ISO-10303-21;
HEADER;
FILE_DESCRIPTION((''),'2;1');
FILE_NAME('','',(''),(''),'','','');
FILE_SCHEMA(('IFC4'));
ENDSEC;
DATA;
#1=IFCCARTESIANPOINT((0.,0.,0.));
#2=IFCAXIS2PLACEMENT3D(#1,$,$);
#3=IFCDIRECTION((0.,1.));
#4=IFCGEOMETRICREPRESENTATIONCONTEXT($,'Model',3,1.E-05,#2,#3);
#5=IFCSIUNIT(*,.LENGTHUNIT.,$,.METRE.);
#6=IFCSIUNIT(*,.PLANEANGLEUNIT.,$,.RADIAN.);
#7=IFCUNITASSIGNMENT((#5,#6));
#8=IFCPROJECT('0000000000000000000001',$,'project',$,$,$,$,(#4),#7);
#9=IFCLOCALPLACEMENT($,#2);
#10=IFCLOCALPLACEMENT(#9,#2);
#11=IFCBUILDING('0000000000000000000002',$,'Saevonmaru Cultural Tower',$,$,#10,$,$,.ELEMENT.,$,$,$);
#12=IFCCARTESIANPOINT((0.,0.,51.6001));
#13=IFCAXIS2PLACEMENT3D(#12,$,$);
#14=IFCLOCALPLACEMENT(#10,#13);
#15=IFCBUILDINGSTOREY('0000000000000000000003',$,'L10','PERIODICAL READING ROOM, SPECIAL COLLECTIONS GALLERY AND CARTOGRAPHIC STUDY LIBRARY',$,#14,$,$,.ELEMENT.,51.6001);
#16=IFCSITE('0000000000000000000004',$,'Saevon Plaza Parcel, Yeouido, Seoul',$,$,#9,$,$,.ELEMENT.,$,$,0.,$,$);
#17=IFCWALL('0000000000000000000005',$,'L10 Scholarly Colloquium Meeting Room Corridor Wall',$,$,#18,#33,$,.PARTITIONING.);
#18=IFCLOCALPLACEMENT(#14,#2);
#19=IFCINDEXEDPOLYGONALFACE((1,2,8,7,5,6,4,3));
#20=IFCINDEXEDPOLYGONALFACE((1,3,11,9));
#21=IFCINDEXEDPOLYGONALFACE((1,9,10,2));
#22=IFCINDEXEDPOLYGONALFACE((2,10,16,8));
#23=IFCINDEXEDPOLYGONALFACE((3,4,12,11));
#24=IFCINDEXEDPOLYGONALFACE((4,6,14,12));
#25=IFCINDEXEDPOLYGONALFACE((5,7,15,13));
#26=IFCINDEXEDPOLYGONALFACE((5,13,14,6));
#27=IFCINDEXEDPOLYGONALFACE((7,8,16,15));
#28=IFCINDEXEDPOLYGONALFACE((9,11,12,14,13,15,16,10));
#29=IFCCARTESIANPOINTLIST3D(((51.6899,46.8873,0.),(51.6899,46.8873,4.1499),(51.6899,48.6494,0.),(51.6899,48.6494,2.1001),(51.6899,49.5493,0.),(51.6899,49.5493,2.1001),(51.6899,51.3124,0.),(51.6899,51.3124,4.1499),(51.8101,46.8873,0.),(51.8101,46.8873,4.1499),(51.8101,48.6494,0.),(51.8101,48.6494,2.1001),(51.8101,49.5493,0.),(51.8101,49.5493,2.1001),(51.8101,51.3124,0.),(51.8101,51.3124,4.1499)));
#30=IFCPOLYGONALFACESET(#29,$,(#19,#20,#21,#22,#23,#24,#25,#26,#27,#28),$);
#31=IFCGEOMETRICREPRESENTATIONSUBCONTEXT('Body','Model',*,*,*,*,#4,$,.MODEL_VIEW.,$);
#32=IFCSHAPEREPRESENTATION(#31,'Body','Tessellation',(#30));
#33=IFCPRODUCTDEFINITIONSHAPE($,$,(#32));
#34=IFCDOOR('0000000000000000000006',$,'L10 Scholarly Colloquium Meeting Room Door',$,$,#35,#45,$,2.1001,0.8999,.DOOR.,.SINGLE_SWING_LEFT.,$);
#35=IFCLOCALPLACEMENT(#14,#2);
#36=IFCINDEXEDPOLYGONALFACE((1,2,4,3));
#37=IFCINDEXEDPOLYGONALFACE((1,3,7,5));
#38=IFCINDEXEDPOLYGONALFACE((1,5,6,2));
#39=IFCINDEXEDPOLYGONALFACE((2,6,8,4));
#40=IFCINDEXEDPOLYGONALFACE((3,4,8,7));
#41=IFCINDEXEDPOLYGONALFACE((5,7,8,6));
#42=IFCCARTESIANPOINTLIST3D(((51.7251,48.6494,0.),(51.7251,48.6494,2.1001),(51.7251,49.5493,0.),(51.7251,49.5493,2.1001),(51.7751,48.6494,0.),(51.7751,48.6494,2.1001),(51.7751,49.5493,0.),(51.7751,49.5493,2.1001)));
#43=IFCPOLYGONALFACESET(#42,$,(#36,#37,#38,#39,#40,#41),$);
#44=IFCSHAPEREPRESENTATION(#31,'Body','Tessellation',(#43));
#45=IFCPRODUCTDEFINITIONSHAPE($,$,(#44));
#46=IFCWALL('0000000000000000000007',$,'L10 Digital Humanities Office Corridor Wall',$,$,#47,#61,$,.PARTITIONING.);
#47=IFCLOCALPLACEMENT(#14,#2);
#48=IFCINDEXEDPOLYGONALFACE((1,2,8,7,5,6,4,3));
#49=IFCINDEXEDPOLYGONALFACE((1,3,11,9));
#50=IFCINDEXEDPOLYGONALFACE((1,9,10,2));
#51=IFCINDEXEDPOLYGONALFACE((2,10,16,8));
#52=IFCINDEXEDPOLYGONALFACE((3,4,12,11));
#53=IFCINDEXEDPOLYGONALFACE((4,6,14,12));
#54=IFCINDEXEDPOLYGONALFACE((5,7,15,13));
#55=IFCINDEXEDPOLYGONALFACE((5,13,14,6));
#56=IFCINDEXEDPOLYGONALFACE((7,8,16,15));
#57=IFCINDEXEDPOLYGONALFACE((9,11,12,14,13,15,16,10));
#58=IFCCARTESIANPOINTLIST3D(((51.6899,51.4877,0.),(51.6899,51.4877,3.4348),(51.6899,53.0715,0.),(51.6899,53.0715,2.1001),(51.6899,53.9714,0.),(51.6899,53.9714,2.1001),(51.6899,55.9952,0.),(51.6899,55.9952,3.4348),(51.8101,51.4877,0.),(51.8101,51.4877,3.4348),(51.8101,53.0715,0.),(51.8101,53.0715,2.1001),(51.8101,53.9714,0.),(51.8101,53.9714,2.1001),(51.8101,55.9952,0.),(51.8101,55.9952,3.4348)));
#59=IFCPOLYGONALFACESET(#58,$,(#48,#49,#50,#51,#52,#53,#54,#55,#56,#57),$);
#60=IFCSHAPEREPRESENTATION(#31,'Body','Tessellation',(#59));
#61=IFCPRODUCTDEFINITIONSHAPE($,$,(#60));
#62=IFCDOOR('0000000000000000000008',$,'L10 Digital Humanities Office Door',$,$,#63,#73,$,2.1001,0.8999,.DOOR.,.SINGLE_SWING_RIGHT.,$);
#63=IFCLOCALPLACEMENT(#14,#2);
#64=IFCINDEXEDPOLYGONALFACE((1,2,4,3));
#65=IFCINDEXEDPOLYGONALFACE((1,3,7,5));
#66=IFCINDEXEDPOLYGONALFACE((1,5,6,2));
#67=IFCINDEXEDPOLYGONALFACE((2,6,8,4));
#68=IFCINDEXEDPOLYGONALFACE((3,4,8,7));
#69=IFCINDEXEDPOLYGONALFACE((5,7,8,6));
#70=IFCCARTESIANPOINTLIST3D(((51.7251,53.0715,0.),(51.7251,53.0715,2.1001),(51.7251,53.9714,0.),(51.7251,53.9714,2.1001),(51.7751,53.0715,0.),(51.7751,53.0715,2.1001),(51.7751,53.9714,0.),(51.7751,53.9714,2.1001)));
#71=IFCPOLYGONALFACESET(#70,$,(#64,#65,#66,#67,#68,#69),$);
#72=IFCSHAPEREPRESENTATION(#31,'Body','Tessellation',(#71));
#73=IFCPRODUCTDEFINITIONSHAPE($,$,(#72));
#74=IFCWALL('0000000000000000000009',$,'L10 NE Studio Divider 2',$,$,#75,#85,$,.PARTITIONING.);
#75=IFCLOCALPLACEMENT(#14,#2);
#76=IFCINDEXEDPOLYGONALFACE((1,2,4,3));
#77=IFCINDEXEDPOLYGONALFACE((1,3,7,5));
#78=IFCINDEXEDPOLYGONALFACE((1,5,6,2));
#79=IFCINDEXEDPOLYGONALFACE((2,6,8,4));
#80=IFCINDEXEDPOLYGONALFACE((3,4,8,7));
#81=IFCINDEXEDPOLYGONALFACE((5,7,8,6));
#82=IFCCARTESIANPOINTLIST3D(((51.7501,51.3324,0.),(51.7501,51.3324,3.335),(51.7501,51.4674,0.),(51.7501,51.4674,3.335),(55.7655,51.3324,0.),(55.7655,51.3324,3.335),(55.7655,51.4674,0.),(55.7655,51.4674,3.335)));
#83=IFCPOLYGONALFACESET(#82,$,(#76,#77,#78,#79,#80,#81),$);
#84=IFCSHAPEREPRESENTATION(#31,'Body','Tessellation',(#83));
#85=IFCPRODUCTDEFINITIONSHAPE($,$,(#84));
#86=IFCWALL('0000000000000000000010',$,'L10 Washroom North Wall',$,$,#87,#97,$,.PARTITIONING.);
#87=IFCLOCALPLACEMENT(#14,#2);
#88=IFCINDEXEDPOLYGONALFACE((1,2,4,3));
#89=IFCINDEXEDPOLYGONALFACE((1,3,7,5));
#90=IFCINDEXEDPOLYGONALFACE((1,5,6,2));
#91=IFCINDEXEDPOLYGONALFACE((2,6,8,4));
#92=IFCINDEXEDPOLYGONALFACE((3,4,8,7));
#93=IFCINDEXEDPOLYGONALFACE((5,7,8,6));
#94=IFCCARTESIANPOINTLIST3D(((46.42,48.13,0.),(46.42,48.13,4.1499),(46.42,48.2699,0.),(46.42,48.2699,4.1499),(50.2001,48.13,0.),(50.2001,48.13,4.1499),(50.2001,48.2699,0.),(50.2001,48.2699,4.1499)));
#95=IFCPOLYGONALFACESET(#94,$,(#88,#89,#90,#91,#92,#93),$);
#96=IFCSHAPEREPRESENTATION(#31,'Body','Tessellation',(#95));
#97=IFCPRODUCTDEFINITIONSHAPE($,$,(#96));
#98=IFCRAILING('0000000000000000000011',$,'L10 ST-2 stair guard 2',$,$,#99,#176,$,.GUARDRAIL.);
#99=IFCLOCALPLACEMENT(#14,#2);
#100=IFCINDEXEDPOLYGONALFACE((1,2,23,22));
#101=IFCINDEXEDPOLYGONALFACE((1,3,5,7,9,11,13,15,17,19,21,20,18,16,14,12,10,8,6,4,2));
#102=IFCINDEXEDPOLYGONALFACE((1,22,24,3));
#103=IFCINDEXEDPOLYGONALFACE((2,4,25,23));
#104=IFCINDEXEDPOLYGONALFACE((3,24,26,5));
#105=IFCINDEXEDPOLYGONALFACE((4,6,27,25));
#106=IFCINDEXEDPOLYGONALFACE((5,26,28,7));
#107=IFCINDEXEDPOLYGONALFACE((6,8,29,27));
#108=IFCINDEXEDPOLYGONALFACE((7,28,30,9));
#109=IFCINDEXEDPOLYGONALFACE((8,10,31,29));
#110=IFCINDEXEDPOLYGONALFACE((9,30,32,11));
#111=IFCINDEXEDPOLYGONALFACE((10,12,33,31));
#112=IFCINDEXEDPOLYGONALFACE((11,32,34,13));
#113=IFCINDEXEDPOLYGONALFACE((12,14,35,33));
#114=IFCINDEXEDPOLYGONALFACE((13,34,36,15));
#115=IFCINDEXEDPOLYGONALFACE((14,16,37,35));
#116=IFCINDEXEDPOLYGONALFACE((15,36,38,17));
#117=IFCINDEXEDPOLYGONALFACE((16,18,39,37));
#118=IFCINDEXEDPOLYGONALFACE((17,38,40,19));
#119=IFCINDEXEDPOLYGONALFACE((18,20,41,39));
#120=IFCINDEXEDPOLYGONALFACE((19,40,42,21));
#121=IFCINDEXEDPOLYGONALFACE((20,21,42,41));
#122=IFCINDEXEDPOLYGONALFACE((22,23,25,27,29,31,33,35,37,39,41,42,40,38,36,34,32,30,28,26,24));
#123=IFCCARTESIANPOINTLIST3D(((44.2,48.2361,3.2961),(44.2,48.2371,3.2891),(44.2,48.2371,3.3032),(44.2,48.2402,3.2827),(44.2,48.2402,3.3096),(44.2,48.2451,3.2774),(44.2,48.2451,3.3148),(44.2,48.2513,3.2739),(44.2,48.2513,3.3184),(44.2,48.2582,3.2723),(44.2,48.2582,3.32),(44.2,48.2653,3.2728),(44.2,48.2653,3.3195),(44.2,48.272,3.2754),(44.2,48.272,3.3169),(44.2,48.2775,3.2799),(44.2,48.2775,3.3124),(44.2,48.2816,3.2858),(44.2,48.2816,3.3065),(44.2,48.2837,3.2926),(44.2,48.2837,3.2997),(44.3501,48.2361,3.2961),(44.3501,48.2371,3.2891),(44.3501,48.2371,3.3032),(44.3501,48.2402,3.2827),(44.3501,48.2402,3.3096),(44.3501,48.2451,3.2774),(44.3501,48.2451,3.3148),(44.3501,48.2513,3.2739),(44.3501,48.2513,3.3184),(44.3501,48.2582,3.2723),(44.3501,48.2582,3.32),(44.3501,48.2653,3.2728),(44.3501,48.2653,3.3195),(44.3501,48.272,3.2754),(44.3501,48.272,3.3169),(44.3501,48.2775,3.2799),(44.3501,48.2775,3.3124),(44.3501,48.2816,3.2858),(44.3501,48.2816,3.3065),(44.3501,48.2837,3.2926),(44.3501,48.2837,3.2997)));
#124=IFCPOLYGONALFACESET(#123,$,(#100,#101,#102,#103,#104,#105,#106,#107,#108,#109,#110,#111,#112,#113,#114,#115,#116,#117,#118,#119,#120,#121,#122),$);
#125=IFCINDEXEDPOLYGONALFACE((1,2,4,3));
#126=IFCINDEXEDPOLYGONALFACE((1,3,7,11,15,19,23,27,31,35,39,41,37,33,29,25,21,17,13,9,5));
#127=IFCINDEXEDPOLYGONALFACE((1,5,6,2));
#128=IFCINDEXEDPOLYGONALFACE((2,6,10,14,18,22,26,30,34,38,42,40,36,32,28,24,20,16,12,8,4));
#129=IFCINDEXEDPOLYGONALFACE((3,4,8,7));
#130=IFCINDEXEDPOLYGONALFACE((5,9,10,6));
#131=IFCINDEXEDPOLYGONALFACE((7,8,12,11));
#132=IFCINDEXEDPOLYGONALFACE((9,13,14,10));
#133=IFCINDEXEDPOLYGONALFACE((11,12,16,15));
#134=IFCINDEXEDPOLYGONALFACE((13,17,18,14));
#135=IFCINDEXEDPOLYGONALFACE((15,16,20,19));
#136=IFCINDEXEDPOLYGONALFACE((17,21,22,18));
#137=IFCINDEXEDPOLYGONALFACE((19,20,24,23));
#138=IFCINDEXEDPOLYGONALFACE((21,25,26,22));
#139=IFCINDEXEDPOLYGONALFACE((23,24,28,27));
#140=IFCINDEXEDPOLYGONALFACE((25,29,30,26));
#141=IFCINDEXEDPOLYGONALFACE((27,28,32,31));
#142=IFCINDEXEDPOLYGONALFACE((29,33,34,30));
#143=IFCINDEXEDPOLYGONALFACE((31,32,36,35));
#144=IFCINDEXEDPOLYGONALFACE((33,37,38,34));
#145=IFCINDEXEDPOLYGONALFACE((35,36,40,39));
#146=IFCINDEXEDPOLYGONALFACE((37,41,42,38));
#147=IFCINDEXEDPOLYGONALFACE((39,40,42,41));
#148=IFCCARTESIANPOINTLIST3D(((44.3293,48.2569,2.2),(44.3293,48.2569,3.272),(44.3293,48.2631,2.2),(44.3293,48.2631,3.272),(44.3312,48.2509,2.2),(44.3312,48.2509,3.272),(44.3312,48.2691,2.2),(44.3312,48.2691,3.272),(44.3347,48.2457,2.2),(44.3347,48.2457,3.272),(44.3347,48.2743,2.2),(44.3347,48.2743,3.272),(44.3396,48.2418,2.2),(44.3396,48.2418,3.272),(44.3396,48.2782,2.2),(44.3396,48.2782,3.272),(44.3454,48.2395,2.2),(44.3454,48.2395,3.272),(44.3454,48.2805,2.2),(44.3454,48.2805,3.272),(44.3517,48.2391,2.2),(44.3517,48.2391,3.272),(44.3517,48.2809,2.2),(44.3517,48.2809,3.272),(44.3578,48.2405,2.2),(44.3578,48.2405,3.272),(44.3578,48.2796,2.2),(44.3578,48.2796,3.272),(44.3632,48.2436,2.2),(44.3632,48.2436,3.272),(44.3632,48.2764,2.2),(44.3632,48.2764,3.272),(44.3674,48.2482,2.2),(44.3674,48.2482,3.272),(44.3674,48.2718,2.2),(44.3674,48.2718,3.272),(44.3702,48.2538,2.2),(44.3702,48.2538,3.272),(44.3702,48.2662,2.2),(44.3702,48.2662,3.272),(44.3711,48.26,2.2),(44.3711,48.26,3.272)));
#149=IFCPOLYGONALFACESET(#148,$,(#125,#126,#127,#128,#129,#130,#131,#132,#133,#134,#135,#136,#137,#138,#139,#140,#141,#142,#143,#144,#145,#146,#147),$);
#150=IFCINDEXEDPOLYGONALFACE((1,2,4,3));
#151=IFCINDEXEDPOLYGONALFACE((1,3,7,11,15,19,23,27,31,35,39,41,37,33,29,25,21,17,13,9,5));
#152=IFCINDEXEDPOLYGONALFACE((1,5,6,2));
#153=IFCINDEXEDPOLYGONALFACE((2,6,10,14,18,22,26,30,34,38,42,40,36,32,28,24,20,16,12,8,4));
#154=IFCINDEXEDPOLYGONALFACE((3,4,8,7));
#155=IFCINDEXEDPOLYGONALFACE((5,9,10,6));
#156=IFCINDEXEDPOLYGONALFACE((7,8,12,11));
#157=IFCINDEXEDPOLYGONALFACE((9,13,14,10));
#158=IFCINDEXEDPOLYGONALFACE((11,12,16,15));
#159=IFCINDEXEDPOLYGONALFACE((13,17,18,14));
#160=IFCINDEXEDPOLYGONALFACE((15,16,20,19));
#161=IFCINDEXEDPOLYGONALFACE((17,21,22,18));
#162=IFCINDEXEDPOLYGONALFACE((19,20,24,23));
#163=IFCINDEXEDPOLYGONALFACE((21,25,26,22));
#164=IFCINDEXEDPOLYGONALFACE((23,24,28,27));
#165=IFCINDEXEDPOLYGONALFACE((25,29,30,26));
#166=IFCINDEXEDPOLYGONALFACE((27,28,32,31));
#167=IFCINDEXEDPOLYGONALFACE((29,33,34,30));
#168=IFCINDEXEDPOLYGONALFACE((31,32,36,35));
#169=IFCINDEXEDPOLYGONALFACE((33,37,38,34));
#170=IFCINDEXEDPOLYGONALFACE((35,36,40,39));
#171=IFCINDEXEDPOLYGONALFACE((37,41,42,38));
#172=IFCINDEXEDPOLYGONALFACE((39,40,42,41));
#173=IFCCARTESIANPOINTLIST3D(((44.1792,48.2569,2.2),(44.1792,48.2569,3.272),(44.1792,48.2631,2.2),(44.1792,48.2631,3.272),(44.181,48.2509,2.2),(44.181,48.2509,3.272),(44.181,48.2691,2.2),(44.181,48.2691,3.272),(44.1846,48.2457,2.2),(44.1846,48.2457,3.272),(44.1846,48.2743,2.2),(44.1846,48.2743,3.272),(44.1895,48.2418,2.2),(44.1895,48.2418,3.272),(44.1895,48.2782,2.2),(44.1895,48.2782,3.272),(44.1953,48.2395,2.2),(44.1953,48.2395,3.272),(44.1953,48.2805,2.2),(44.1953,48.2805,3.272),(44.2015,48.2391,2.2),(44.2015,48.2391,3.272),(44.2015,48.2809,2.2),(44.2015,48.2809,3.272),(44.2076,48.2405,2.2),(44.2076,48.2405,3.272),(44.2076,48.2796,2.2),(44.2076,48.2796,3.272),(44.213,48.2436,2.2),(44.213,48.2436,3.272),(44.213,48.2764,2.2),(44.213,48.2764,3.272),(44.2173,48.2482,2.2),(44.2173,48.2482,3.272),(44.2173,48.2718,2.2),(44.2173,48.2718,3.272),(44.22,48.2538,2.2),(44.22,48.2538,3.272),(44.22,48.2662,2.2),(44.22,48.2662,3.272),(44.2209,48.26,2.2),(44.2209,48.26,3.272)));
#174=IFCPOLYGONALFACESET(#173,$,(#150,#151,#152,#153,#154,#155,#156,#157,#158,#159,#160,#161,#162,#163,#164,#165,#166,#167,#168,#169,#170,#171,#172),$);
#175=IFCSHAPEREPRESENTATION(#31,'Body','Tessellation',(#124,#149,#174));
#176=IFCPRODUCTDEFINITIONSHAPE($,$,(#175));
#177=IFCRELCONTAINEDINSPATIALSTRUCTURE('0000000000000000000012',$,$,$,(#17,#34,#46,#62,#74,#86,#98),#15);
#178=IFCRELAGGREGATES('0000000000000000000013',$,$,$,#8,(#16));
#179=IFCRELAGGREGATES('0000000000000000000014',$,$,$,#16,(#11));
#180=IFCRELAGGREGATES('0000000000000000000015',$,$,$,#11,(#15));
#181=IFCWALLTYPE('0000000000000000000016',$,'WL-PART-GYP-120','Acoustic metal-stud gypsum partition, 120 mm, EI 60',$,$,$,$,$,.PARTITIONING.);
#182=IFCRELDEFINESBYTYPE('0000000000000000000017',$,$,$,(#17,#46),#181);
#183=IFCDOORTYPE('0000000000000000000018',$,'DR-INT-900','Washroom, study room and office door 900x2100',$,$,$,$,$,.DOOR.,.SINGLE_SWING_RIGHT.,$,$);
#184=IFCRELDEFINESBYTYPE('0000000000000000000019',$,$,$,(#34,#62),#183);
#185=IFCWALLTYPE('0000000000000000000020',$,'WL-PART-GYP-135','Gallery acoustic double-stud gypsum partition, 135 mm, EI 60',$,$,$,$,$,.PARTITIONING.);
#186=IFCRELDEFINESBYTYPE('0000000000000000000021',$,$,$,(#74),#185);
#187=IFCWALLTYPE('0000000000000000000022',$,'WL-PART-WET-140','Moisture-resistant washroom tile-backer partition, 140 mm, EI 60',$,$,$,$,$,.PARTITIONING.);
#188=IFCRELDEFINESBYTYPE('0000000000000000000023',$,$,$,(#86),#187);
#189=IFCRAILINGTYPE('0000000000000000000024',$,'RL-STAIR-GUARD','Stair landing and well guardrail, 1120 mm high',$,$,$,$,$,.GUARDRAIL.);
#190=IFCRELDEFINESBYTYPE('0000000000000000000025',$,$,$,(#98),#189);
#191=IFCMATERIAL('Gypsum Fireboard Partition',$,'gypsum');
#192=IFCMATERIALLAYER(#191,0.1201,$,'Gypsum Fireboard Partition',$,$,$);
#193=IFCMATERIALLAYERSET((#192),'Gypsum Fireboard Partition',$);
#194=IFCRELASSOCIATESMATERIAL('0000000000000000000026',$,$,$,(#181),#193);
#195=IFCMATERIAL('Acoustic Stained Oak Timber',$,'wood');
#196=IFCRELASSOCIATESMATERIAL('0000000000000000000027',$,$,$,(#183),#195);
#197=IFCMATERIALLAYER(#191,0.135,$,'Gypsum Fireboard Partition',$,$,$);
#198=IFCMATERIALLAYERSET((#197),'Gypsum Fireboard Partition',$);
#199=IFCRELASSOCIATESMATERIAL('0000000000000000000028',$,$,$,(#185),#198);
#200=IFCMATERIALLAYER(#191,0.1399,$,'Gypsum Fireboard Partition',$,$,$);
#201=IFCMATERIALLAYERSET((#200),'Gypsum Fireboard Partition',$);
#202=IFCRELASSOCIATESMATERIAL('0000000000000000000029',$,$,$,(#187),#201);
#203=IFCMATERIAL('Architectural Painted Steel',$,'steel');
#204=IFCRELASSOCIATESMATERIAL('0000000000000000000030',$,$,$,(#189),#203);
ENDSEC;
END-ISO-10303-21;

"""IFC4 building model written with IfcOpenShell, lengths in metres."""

from ifc_helpers import new_model, si_unit, direction, frame, frame_2d, origin, origin_2d, place, context, subcontext, project, spatial, rectangle, circle, extrude, material, layer, layer_set, type_object, element, fill, save


model = new_model("IFC4")

# Units and contexts
model_context = context("Model", 3, precision=1e-05, world=origin(), true_north=direction((0.0, 1.0)))
body_context = subcontext(model_context, "Body", "Model", "MODEL_VIEW")
ifc_project = project(units=[si_unit("LENGTHUNIT", "METRE"), si_unit("PLANEANGLEUNIT", "RADIAN")], contexts=[model_context])

# Site, building, storey
site_placement = place(None, origin())
site = spatial("IfcSite", under=ifc_project, at=site_placement, Name="Saevon Plaza Parcel, Yeouido, Seoul", CompositionType="ELEMENT", RefElevation=0.0)
building_placement = place(site_placement, origin())
building = spatial("IfcBuilding", under=site, at=building_placement, Name="Saevonmaru Cultural Tower", CompositionType="ELEMENT")
storey_placement = place(building_placement, frame((0.0, 0.0, 51.6001)))
storey = spatial("IfcBuildingStorey", under=building, at=storey_placement, Name="L10", Description="PERIODICAL READING ROOM, SPECIAL COLLECTIONS GALLERY AND CARTOGRAPHIC STUDY LIBRARY", CompositionType="ELEMENT", Elevation=51.6001)

# Walls, openings, doors
ifc_material_1 = material(Name="Gypsum Fireboard Partition", Category="gypsum")
ifc_layer_1 = layer(ifc_material_1, 0.1201, Name="Gypsum Fireboard Partition")
ifc_layer_set_1 = layer_set([ifc_layer_1], Name="Gypsum Fireboard Partition")
wall_type_1 = type_object("IfcWallType", Name="WL-PART-GYP-120", Description="Acoustic metal-stud gypsum partition, 120 mm, EI 60", PredefinedType="PARTITIONING", material=ifc_layer_set_1)
wall_1_placement = place(storey_placement, frame((51.75, 46.8875, 0.0), z_axis=(0.0, 0.0, 1.0), x_axis=(0.0, 1.0, 0.0)))
wall_1 = element("IfcWall", 1, at=wall_1_placement, inside=storey, type_object=wall_type_1, Name="L10 Scholarly Colloquium Meeting Room Corridor Wall", PredefinedType="PARTITIONING", context=body_context, shape_type="SweptSolid", body=[
    extrude(rectangle(XDim=4.425, YDim=0.1201, at=frame_2d((2.2124, 0.0))), origin(), (0.0, 0.0, 1.0), 4.1499),
])
opening_1_placement = place(wall_1_placement, frame((1.762, 0.0, 0.0)))
opening_1 = element("IfcOpeningElement", 2, at=opening_1_placement, cuts=wall_1, PredefinedType="OPENING", context=body_context, shape_type="SweptSolid", body=[
    extrude(rectangle(XDim=0.8999, YDim=2.1001, at=frame_2d((0.45, 1.05))), frame((0.0, 0.0701, 0.0), z_axis=(0.0, -1.0, 0.0), x_axis=(1.0, 0.0, 0.0)), (0.0, 0.0, 1.0), 0.1401),
])
ifc_material_2 = material(Name="Acoustic Stained Oak Timber", Category="wood")
door_type_1 = type_object("IfcDoorType", Name="DR-INT-900", Description="Washroom, study room and office door 900x2100", OperationType="SINGLE_SWING_RIGHT", PredefinedType="DOOR", material=ifc_material_2)
door_1_placement = place(opening_1_placement, origin())
door_1 = element("IfcDoor", 3, at=door_1_placement, inside=storey, type_object=door_type_1, Name="L10 Scholarly Colloquium Meeting Room Door", OperationType="SINGLE_SWING_LEFT", OverallHeight=2.1001, OverallWidth=0.8999, PredefinedType="DOOR", context=body_context, shape_type="SweptSolid", body=[
    extrude(rectangle(XDim=0.8999, YDim=2.1001, at=frame_2d((0.45, 1.05))), frame((0.0, 0.0249, 0.0), z_axis=(0.0, -1.0, 0.0), x_axis=(1.0, 0.0, 0.0)), (0.0, 0.0, 1.0), 0.05),
])
fill(opening_1, door_1)
wall_2_placement = place(storey_placement, frame((51.75, 51.4875, 0.0), z_axis=(0.0, 0.0, 1.0), x_axis=(0.0, 1.0, 0.0)))
wall_2 = element("IfcWall", 4, at=wall_2_placement, inside=storey, type_object=wall_type_1, Name="L10 Digital Humanities Office Corridor Wall", PredefinedType="PARTITIONING", context=body_context, shape_type="SweptSolid", body=[
    extrude(rectangle(XDim=4.5076, YDim=0.1201, at=frame_2d((2.2539, 0.0))), origin(), (0.0, 0.0, 1.0), 3.4348),
])
opening_2_placement = place(wall_2_placement, frame((1.584, 0.0, 0.0)))
opening_2 = element("IfcOpeningElement", 5, at=opening_2_placement, cuts=wall_2, PredefinedType="OPENING", context=body_context, shape_type="SweptSolid", body=[
    extrude(rectangle(XDim=0.8999, YDim=2.1001, at=frame_2d((0.45, 1.05))), frame((0.0, 0.0701, 0.0), z_axis=(0.0, -1.0, 0.0), x_axis=(1.0, 0.0, 0.0)), (0.0, 0.0, 1.0), 0.1401),
])
door_2_placement = place(opening_2_placement, origin())
door_2 = element("IfcDoor", 6, at=door_2_placement, inside=storey, type_object=door_type_1, Name="L10 Digital Humanities Office Door", OperationType="SINGLE_SWING_RIGHT", OverallHeight=2.1001, OverallWidth=0.8999, PredefinedType="DOOR", context=body_context, shape_type="SweptSolid", body=[
    extrude(rectangle(XDim=0.8999, YDim=2.1001, at=frame_2d((0.45, 1.05))), frame((0.0, 0.0249, 0.0), z_axis=(0.0, -1.0, 0.0), x_axis=(1.0, 0.0, 0.0)), (0.0, 0.0, 1.0), 0.05),
])
fill(opening_2, door_2)

# Walls
ifc_layer_2 = layer(ifc_material_1, 0.135, Name="Gypsum Fireboard Partition")
ifc_layer_set_2 = layer_set([ifc_layer_2], Name="Gypsum Fireboard Partition")
wall_type_2 = type_object("IfcWallType", Name="WL-PART-GYP-135", Description="Gallery acoustic double-stud gypsum partition, 135 mm, EI 60", PredefinedType="PARTITIONING", material=ifc_layer_set_2)
wall_3_placement = place(storey_placement, frame((51.75, 51.3999, 0.0), z_axis=(0.0, 0.0, 1.0), x_axis=(1.0, 0.0, 0.0)))
element("IfcWall", 7, at=wall_3_placement, inside=storey, type_object=wall_type_2, Name="L10 NE Studio Divider 2", PredefinedType="PARTITIONING", context=body_context, shape_type="SweptSolid", body=[
    extrude(rectangle(XDim=4.0154, YDim=0.135, at=frame_2d((2.0078, 0.0))), origin(), (0.0, 0.0, 1.0), 3.335),
])
ifc_layer_3 = layer(ifc_material_1, 0.1399, Name="Gypsum Fireboard Partition")
ifc_layer_set_3 = layer_set([ifc_layer_3], Name="Gypsum Fireboard Partition")
wall_type_3 = type_object("IfcWallType", Name="WL-PART-WET-140", Description="Moisture-resistant washroom tile-backer partition, 140 mm, EI 60", PredefinedType="PARTITIONING", material=ifc_layer_set_3)
wall_4_placement = place(storey_placement, frame((46.4199, 48.2, 0.0), z_axis=(0.0, 0.0, 1.0), x_axis=(1.0, 0.0, 0.0)))
element("IfcWall", 8, at=wall_4_placement, inside=storey, type_object=wall_type_3, Name="L10 Washroom North Wall", PredefinedType="PARTITIONING", context=body_context, shape_type="SweptSolid", body=[
    extrude(rectangle(XDim=3.78, YDim=0.1399, at=frame_2d((1.8901, 0.0))), origin(), (0.0, 0.0, 1.0), 4.1499),
])

# Railing
ifc_material_3 = material(Name="Architectural Painted Steel", Category="steel")
railing_type = type_object("IfcRailingType", Name="RL-STAIR-GUARD", Description="Stair landing and well guardrail, 1120 mm high", PredefinedType="GUARDRAIL", material=ifc_material_3)
railing_placement = place(storey_placement, frame((44.3501, 48.26, 2.2)))
element("IfcRailing", 9, at=railing_placement, inside=storey, type_object=railing_type, Name="L10 ST-2 stair guard 2", PredefinedType="GUARDRAIL", context=body_context, shape_type="SweptSolid", body=[
    extrude(circle(Radius=0.0239, at=origin_2d()), frame((0.0, 0.0, 1.0962), z_axis=(-1.0, 0.0, 0.0), x_axis=(0.0, -1.0, 0.0)), (0.0, 0.0, 1.0), 0.1501),
    extrude(circle(Radius=0.021, at=origin_2d()), origin(), (0.0, 0.0, 1.0), 1.072),
    extrude(circle(Radius=0.021, at=origin_2d()), frame((-0.1501, 0.0, 0.0)), (0.0, 0.0, 1.0), 1.072),
])

save(model, "model.ifc")
